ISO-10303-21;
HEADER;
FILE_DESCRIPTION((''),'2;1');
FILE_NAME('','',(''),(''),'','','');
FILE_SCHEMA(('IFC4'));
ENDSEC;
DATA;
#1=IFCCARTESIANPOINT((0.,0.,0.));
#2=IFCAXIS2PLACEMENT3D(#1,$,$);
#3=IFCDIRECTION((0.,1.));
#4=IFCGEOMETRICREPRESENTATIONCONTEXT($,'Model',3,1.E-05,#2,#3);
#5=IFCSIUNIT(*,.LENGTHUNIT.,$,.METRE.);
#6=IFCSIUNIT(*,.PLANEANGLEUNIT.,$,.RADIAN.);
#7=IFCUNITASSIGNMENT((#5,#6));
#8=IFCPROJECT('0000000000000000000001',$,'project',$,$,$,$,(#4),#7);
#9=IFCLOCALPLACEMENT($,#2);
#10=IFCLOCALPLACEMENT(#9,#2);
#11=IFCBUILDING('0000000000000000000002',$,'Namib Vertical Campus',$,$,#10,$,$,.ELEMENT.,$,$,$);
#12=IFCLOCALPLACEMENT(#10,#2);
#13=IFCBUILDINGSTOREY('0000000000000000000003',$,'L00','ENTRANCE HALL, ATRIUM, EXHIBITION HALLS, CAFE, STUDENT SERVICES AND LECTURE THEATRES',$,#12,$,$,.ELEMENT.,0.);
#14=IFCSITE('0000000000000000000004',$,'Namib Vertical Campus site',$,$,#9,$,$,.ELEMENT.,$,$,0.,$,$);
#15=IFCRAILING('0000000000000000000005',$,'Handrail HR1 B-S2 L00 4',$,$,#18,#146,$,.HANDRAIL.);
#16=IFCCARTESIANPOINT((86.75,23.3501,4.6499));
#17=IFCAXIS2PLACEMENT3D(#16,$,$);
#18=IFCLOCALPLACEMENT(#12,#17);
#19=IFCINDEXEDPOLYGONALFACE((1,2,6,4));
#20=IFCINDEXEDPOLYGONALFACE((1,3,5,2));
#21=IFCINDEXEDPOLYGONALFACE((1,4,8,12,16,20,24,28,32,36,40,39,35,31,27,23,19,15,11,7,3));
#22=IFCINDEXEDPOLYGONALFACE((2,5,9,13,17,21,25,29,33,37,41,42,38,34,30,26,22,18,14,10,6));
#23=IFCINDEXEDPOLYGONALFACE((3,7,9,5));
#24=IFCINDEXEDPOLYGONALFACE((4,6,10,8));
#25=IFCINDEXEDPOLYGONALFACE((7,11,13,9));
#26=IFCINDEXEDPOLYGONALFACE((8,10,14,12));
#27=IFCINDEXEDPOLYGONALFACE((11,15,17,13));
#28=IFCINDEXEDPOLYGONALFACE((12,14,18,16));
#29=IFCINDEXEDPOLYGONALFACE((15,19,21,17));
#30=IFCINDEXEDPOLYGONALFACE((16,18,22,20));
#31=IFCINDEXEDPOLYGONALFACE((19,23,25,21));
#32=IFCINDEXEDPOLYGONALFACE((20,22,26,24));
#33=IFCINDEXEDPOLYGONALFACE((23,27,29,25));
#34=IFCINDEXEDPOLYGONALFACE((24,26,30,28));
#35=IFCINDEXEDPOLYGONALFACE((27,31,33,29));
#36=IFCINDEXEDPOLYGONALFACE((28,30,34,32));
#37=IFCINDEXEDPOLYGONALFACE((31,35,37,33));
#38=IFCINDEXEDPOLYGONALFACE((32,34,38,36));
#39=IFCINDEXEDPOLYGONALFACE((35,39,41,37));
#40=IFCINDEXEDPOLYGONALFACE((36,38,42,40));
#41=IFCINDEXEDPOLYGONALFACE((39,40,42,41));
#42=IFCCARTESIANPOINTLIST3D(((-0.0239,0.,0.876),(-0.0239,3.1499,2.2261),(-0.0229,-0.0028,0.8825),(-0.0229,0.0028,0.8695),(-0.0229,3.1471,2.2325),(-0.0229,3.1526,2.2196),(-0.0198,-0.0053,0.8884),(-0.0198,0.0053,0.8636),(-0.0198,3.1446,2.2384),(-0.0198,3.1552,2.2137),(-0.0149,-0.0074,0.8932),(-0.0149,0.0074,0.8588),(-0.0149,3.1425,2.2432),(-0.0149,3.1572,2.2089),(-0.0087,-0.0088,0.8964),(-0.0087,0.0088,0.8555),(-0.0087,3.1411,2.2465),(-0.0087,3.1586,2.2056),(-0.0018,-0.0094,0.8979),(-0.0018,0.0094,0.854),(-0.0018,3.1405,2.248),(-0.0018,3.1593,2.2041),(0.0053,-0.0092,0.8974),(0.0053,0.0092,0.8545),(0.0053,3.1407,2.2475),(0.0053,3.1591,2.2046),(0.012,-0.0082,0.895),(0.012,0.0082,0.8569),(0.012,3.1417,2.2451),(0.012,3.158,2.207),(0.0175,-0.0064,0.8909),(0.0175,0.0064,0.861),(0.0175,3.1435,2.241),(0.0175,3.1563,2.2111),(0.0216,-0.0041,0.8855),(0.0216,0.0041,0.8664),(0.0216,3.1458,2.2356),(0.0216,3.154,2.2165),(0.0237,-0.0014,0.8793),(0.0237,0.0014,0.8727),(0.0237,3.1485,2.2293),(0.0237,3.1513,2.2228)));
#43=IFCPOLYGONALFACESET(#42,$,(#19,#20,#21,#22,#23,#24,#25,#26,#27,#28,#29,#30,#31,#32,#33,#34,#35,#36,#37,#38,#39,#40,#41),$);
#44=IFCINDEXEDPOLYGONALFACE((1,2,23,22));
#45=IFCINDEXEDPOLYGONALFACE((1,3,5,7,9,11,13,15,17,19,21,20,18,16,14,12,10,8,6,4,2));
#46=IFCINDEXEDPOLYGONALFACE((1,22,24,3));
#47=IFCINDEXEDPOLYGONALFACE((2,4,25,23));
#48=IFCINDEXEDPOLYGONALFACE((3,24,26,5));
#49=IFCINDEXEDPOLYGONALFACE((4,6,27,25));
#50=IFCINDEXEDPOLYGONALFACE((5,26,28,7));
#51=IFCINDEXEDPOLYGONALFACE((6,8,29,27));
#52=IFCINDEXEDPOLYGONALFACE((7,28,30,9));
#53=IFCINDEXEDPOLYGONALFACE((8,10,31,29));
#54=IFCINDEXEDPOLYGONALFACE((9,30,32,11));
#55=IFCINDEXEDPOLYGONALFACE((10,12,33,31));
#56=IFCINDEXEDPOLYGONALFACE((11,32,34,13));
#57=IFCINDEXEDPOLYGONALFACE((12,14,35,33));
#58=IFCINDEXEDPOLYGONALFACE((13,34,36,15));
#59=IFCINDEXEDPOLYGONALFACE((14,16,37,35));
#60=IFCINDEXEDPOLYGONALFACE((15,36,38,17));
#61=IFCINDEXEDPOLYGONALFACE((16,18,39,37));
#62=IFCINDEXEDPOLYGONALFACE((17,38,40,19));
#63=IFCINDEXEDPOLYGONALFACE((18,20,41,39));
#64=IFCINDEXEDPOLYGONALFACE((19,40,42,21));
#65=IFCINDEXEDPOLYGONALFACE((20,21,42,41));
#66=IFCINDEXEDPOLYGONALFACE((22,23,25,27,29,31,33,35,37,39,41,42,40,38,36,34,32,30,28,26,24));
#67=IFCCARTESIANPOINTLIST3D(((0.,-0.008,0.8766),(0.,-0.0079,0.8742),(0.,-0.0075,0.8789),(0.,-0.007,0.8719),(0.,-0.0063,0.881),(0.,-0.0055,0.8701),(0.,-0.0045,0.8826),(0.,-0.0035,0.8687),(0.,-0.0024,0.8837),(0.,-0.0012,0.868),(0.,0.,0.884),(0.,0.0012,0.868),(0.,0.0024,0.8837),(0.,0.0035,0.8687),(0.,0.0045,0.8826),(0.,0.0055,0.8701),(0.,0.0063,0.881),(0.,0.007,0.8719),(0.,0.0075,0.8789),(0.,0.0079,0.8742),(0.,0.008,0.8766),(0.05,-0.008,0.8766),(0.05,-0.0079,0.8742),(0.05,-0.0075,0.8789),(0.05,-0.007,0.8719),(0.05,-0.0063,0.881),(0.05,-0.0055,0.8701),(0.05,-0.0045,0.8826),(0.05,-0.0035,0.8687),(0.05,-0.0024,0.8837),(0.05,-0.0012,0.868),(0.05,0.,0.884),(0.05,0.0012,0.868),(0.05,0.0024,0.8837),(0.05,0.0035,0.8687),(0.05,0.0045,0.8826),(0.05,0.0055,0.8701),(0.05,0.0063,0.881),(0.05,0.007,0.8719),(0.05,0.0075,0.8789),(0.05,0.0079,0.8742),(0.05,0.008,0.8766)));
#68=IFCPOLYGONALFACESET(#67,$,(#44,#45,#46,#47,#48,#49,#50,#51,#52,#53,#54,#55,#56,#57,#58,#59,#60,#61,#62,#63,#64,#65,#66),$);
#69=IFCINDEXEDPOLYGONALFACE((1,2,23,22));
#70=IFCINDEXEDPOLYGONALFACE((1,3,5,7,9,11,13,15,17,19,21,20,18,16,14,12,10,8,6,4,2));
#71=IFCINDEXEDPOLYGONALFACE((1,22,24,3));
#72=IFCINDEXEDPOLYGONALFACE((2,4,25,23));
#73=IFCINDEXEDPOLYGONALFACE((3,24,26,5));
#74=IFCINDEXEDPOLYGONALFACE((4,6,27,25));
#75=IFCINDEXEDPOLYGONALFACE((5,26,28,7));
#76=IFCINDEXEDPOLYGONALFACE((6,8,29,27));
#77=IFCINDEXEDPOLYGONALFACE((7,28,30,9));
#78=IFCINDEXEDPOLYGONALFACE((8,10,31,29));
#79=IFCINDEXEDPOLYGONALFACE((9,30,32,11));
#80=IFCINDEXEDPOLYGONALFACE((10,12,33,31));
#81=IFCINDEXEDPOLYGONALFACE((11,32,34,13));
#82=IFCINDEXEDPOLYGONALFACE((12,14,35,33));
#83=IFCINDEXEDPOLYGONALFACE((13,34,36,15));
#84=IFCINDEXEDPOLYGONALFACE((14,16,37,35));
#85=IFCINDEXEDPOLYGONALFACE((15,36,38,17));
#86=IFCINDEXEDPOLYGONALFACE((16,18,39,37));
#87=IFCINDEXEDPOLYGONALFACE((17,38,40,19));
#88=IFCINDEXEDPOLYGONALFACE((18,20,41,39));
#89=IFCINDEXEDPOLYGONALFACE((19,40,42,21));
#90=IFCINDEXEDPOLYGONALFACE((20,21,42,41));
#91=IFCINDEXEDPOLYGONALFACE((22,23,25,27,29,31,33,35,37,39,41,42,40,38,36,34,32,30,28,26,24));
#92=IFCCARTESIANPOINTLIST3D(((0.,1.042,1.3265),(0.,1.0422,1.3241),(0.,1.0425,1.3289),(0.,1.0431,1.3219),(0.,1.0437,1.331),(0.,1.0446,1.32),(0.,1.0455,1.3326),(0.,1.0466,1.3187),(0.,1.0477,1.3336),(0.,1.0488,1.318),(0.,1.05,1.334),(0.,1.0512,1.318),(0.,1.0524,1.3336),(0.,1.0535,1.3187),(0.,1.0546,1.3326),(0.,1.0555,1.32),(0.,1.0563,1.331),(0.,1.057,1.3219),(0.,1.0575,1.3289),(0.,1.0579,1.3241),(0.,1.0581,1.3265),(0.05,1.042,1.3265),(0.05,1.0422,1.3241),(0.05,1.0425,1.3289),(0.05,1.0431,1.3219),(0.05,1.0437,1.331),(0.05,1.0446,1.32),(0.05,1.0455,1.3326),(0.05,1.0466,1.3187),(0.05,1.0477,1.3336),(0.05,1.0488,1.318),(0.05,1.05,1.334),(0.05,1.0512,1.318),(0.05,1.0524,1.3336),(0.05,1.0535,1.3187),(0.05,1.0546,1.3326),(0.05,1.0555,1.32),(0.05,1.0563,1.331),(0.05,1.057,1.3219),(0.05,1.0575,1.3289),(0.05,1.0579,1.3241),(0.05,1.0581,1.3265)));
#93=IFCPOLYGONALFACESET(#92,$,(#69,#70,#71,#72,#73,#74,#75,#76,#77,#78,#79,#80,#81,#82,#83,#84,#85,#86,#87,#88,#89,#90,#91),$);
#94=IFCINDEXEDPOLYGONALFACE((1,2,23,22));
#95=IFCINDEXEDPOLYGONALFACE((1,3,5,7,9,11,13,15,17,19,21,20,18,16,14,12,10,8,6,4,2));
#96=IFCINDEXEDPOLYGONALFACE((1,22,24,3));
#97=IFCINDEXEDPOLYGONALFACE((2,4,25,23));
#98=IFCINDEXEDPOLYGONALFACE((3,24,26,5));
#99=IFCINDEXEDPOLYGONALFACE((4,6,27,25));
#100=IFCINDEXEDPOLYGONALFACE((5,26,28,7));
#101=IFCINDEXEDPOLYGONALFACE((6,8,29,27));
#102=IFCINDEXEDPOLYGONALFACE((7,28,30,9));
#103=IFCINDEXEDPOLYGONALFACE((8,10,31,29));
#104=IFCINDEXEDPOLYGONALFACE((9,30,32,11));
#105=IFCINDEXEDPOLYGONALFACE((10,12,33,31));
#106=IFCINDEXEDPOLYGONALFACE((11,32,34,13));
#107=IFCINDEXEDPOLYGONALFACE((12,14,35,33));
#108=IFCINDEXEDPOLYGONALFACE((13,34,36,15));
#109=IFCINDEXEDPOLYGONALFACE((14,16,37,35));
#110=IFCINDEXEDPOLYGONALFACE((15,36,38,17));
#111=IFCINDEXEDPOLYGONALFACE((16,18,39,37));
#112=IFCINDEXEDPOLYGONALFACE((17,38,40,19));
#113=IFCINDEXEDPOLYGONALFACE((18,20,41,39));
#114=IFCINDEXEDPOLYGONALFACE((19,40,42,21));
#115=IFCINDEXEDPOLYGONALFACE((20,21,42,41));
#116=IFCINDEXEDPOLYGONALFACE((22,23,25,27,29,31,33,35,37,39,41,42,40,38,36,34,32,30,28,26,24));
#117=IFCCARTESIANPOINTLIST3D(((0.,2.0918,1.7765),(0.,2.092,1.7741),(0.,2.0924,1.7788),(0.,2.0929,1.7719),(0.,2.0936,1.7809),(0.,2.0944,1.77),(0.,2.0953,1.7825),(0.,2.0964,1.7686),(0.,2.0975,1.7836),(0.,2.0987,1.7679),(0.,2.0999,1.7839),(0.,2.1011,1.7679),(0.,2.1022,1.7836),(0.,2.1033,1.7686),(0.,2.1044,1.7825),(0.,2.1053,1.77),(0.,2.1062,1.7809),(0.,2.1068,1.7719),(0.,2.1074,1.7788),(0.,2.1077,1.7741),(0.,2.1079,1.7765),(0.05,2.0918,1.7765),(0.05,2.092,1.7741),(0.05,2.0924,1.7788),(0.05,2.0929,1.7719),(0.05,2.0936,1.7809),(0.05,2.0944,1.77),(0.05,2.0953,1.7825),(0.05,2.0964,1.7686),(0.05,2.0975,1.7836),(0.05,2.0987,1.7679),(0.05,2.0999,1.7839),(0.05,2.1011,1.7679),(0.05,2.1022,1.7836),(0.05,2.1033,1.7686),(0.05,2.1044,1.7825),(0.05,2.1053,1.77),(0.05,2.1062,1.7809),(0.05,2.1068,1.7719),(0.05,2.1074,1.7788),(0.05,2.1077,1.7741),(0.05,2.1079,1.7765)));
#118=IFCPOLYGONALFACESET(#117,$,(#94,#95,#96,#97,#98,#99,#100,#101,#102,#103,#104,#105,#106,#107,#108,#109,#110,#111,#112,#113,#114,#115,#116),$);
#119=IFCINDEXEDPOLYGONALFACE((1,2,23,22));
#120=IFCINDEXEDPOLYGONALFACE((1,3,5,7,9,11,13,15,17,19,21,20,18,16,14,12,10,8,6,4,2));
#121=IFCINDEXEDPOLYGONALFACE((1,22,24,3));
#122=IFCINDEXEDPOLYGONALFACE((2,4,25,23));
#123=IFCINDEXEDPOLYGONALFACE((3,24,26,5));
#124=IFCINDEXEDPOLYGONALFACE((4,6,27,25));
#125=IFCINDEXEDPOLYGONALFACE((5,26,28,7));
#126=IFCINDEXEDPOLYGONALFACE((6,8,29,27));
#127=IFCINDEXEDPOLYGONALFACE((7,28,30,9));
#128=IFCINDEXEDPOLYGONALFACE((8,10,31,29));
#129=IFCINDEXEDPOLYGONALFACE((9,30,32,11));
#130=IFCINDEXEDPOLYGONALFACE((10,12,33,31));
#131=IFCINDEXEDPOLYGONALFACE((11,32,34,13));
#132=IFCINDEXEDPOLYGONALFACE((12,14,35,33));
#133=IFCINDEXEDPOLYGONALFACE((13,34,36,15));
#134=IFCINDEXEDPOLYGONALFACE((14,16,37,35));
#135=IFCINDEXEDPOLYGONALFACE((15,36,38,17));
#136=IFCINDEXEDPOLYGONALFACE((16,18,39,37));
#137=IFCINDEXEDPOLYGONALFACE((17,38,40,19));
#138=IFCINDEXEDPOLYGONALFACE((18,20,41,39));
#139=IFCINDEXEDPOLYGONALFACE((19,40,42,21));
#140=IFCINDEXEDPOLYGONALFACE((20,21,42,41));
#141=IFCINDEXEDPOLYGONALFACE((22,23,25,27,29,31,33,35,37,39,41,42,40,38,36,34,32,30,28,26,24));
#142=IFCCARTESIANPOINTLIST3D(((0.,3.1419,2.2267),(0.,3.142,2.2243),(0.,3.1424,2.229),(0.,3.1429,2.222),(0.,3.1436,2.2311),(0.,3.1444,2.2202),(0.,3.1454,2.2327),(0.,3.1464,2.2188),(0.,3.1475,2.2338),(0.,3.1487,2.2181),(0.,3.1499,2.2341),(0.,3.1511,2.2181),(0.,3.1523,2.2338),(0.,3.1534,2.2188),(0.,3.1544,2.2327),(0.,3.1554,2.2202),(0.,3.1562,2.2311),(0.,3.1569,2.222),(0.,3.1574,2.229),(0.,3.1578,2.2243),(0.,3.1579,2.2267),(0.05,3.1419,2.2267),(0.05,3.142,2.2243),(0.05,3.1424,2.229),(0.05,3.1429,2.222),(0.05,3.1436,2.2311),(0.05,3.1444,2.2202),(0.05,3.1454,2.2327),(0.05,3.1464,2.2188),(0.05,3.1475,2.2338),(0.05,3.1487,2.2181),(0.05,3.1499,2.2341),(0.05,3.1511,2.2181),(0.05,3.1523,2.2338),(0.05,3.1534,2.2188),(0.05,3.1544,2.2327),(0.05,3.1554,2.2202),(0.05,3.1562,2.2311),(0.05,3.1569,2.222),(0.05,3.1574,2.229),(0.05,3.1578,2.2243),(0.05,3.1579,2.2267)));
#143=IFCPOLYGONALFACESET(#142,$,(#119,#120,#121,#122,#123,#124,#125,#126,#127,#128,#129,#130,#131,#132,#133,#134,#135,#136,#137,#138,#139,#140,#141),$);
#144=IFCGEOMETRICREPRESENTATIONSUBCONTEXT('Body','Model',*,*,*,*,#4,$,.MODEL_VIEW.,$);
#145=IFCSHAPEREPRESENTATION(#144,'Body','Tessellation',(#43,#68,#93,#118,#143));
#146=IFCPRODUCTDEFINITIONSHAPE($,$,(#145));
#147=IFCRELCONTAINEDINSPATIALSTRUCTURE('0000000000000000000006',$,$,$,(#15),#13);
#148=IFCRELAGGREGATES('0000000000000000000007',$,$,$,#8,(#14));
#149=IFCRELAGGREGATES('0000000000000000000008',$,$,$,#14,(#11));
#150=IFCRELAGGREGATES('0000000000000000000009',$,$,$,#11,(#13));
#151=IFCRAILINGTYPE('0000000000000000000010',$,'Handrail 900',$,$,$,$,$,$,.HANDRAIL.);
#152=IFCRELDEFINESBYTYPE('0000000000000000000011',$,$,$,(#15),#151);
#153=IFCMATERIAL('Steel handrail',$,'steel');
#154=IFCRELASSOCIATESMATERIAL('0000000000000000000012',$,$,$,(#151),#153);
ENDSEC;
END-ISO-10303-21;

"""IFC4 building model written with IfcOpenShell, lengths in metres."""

from ifc_helpers import new_model, si_unit, direction, frame, origin, origin_2d, place, context, subcontext, project, spatial, circle, extrude, material, type_object, element, save


model = new_model("IFC4")

# Units and contexts
model_context = context("Model", 3, precision=1e-05, world=origin(), true_north=direction((0.0, 1.0)))
body_context = subcontext(model_context, "Body", "Model", "MODEL_VIEW")
ifc_project = project(units=[si_unit("LENGTHUNIT", "METRE"), si_unit("PLANEANGLEUNIT", "RADIAN")], contexts=[model_context])

# Site, building, storey
site_placement = place(None, origin())
site = spatial("IfcSite", under=ifc_project, at=site_placement, Name="Namib Vertical Campus site", CompositionType="ELEMENT", RefElevation=0.0)
building_placement = place(site_placement, origin())
building = spatial("IfcBuilding", under=site, at=building_placement, Name="Namib Vertical Campus", CompositionType="ELEMENT")
storey_placement = place(building_placement, origin())
storey = spatial("IfcBuildingStorey", under=building, at=storey_placement, Name="L00", Description="ENTRANCE HALL, ATRIUM, EXHIBITION HALLS, CAFE, STUDENT SERVICES AND LECTURE THEATRES", CompositionType="ELEMENT", Elevation=0.0)

# Railing
ifc_material_1 = material(Name="Steel handrail", Category="steel")
railing_type_1 = type_object("IfcRailingType", Name="Handrail 900", PredefinedType="HANDRAIL", material=ifc_material_1)
railing_1_placement = place(storey_placement, frame((86.75, 23.3501, 4.6499)))
element("IfcRailing", 1, at=railing_1_placement, inside=storey, type_object=railing_type_1, Name="Handrail HR1 B-S2 L00 4", PredefinedType="HANDRAIL", context=body_context, shape_type="SweptSolid", body=[
    extrude(circle(Radius=0.0239, at=origin_2d()), frame((0.0, 0.0, 0.876), z_axis=(0.0, 0.91913, 0.393954), x_axis=(-1.0, 0.0, 0.0)), (0.0, 0.0, 1.0), 3.427),
    extrude(circle(Radius=0.0081, at=origin_2d()), frame((0.0, 0.0, 0.876), z_axis=(1.0, 0.0, 0.0), x_axis=(0.0, 0.0, 1.0)), (0.0, 0.0, 1.0), 0.05),
    extrude(circle(Radius=0.0081, at=origin_2d()), frame((0.0, 1.05, 1.3259), z_axis=(1.0, 0.0, 0.0), x_axis=(0.0, 0.0, 1.0)), (0.0, 0.0, 1.0), 0.05),
    extrude(circle(Radius=0.0081, at=origin_2d()), frame((0.0, 2.0999, 1.7759), z_axis=(1.0, 0.0, 0.0), x_axis=(0.0, 0.0, 1.0)), (0.0, 0.0, 1.0), 0.05),
    extrude(circle(Radius=0.0081, at=origin_2d()), frame((0.0, 3.1499, 2.2261), z_axis=(1.0, 0.0, 0.0), x_axis=(0.0, 0.0, 1.0)), (0.0, 0.0, 1.0), 0.05),
])

save(model, "model.ifc")
